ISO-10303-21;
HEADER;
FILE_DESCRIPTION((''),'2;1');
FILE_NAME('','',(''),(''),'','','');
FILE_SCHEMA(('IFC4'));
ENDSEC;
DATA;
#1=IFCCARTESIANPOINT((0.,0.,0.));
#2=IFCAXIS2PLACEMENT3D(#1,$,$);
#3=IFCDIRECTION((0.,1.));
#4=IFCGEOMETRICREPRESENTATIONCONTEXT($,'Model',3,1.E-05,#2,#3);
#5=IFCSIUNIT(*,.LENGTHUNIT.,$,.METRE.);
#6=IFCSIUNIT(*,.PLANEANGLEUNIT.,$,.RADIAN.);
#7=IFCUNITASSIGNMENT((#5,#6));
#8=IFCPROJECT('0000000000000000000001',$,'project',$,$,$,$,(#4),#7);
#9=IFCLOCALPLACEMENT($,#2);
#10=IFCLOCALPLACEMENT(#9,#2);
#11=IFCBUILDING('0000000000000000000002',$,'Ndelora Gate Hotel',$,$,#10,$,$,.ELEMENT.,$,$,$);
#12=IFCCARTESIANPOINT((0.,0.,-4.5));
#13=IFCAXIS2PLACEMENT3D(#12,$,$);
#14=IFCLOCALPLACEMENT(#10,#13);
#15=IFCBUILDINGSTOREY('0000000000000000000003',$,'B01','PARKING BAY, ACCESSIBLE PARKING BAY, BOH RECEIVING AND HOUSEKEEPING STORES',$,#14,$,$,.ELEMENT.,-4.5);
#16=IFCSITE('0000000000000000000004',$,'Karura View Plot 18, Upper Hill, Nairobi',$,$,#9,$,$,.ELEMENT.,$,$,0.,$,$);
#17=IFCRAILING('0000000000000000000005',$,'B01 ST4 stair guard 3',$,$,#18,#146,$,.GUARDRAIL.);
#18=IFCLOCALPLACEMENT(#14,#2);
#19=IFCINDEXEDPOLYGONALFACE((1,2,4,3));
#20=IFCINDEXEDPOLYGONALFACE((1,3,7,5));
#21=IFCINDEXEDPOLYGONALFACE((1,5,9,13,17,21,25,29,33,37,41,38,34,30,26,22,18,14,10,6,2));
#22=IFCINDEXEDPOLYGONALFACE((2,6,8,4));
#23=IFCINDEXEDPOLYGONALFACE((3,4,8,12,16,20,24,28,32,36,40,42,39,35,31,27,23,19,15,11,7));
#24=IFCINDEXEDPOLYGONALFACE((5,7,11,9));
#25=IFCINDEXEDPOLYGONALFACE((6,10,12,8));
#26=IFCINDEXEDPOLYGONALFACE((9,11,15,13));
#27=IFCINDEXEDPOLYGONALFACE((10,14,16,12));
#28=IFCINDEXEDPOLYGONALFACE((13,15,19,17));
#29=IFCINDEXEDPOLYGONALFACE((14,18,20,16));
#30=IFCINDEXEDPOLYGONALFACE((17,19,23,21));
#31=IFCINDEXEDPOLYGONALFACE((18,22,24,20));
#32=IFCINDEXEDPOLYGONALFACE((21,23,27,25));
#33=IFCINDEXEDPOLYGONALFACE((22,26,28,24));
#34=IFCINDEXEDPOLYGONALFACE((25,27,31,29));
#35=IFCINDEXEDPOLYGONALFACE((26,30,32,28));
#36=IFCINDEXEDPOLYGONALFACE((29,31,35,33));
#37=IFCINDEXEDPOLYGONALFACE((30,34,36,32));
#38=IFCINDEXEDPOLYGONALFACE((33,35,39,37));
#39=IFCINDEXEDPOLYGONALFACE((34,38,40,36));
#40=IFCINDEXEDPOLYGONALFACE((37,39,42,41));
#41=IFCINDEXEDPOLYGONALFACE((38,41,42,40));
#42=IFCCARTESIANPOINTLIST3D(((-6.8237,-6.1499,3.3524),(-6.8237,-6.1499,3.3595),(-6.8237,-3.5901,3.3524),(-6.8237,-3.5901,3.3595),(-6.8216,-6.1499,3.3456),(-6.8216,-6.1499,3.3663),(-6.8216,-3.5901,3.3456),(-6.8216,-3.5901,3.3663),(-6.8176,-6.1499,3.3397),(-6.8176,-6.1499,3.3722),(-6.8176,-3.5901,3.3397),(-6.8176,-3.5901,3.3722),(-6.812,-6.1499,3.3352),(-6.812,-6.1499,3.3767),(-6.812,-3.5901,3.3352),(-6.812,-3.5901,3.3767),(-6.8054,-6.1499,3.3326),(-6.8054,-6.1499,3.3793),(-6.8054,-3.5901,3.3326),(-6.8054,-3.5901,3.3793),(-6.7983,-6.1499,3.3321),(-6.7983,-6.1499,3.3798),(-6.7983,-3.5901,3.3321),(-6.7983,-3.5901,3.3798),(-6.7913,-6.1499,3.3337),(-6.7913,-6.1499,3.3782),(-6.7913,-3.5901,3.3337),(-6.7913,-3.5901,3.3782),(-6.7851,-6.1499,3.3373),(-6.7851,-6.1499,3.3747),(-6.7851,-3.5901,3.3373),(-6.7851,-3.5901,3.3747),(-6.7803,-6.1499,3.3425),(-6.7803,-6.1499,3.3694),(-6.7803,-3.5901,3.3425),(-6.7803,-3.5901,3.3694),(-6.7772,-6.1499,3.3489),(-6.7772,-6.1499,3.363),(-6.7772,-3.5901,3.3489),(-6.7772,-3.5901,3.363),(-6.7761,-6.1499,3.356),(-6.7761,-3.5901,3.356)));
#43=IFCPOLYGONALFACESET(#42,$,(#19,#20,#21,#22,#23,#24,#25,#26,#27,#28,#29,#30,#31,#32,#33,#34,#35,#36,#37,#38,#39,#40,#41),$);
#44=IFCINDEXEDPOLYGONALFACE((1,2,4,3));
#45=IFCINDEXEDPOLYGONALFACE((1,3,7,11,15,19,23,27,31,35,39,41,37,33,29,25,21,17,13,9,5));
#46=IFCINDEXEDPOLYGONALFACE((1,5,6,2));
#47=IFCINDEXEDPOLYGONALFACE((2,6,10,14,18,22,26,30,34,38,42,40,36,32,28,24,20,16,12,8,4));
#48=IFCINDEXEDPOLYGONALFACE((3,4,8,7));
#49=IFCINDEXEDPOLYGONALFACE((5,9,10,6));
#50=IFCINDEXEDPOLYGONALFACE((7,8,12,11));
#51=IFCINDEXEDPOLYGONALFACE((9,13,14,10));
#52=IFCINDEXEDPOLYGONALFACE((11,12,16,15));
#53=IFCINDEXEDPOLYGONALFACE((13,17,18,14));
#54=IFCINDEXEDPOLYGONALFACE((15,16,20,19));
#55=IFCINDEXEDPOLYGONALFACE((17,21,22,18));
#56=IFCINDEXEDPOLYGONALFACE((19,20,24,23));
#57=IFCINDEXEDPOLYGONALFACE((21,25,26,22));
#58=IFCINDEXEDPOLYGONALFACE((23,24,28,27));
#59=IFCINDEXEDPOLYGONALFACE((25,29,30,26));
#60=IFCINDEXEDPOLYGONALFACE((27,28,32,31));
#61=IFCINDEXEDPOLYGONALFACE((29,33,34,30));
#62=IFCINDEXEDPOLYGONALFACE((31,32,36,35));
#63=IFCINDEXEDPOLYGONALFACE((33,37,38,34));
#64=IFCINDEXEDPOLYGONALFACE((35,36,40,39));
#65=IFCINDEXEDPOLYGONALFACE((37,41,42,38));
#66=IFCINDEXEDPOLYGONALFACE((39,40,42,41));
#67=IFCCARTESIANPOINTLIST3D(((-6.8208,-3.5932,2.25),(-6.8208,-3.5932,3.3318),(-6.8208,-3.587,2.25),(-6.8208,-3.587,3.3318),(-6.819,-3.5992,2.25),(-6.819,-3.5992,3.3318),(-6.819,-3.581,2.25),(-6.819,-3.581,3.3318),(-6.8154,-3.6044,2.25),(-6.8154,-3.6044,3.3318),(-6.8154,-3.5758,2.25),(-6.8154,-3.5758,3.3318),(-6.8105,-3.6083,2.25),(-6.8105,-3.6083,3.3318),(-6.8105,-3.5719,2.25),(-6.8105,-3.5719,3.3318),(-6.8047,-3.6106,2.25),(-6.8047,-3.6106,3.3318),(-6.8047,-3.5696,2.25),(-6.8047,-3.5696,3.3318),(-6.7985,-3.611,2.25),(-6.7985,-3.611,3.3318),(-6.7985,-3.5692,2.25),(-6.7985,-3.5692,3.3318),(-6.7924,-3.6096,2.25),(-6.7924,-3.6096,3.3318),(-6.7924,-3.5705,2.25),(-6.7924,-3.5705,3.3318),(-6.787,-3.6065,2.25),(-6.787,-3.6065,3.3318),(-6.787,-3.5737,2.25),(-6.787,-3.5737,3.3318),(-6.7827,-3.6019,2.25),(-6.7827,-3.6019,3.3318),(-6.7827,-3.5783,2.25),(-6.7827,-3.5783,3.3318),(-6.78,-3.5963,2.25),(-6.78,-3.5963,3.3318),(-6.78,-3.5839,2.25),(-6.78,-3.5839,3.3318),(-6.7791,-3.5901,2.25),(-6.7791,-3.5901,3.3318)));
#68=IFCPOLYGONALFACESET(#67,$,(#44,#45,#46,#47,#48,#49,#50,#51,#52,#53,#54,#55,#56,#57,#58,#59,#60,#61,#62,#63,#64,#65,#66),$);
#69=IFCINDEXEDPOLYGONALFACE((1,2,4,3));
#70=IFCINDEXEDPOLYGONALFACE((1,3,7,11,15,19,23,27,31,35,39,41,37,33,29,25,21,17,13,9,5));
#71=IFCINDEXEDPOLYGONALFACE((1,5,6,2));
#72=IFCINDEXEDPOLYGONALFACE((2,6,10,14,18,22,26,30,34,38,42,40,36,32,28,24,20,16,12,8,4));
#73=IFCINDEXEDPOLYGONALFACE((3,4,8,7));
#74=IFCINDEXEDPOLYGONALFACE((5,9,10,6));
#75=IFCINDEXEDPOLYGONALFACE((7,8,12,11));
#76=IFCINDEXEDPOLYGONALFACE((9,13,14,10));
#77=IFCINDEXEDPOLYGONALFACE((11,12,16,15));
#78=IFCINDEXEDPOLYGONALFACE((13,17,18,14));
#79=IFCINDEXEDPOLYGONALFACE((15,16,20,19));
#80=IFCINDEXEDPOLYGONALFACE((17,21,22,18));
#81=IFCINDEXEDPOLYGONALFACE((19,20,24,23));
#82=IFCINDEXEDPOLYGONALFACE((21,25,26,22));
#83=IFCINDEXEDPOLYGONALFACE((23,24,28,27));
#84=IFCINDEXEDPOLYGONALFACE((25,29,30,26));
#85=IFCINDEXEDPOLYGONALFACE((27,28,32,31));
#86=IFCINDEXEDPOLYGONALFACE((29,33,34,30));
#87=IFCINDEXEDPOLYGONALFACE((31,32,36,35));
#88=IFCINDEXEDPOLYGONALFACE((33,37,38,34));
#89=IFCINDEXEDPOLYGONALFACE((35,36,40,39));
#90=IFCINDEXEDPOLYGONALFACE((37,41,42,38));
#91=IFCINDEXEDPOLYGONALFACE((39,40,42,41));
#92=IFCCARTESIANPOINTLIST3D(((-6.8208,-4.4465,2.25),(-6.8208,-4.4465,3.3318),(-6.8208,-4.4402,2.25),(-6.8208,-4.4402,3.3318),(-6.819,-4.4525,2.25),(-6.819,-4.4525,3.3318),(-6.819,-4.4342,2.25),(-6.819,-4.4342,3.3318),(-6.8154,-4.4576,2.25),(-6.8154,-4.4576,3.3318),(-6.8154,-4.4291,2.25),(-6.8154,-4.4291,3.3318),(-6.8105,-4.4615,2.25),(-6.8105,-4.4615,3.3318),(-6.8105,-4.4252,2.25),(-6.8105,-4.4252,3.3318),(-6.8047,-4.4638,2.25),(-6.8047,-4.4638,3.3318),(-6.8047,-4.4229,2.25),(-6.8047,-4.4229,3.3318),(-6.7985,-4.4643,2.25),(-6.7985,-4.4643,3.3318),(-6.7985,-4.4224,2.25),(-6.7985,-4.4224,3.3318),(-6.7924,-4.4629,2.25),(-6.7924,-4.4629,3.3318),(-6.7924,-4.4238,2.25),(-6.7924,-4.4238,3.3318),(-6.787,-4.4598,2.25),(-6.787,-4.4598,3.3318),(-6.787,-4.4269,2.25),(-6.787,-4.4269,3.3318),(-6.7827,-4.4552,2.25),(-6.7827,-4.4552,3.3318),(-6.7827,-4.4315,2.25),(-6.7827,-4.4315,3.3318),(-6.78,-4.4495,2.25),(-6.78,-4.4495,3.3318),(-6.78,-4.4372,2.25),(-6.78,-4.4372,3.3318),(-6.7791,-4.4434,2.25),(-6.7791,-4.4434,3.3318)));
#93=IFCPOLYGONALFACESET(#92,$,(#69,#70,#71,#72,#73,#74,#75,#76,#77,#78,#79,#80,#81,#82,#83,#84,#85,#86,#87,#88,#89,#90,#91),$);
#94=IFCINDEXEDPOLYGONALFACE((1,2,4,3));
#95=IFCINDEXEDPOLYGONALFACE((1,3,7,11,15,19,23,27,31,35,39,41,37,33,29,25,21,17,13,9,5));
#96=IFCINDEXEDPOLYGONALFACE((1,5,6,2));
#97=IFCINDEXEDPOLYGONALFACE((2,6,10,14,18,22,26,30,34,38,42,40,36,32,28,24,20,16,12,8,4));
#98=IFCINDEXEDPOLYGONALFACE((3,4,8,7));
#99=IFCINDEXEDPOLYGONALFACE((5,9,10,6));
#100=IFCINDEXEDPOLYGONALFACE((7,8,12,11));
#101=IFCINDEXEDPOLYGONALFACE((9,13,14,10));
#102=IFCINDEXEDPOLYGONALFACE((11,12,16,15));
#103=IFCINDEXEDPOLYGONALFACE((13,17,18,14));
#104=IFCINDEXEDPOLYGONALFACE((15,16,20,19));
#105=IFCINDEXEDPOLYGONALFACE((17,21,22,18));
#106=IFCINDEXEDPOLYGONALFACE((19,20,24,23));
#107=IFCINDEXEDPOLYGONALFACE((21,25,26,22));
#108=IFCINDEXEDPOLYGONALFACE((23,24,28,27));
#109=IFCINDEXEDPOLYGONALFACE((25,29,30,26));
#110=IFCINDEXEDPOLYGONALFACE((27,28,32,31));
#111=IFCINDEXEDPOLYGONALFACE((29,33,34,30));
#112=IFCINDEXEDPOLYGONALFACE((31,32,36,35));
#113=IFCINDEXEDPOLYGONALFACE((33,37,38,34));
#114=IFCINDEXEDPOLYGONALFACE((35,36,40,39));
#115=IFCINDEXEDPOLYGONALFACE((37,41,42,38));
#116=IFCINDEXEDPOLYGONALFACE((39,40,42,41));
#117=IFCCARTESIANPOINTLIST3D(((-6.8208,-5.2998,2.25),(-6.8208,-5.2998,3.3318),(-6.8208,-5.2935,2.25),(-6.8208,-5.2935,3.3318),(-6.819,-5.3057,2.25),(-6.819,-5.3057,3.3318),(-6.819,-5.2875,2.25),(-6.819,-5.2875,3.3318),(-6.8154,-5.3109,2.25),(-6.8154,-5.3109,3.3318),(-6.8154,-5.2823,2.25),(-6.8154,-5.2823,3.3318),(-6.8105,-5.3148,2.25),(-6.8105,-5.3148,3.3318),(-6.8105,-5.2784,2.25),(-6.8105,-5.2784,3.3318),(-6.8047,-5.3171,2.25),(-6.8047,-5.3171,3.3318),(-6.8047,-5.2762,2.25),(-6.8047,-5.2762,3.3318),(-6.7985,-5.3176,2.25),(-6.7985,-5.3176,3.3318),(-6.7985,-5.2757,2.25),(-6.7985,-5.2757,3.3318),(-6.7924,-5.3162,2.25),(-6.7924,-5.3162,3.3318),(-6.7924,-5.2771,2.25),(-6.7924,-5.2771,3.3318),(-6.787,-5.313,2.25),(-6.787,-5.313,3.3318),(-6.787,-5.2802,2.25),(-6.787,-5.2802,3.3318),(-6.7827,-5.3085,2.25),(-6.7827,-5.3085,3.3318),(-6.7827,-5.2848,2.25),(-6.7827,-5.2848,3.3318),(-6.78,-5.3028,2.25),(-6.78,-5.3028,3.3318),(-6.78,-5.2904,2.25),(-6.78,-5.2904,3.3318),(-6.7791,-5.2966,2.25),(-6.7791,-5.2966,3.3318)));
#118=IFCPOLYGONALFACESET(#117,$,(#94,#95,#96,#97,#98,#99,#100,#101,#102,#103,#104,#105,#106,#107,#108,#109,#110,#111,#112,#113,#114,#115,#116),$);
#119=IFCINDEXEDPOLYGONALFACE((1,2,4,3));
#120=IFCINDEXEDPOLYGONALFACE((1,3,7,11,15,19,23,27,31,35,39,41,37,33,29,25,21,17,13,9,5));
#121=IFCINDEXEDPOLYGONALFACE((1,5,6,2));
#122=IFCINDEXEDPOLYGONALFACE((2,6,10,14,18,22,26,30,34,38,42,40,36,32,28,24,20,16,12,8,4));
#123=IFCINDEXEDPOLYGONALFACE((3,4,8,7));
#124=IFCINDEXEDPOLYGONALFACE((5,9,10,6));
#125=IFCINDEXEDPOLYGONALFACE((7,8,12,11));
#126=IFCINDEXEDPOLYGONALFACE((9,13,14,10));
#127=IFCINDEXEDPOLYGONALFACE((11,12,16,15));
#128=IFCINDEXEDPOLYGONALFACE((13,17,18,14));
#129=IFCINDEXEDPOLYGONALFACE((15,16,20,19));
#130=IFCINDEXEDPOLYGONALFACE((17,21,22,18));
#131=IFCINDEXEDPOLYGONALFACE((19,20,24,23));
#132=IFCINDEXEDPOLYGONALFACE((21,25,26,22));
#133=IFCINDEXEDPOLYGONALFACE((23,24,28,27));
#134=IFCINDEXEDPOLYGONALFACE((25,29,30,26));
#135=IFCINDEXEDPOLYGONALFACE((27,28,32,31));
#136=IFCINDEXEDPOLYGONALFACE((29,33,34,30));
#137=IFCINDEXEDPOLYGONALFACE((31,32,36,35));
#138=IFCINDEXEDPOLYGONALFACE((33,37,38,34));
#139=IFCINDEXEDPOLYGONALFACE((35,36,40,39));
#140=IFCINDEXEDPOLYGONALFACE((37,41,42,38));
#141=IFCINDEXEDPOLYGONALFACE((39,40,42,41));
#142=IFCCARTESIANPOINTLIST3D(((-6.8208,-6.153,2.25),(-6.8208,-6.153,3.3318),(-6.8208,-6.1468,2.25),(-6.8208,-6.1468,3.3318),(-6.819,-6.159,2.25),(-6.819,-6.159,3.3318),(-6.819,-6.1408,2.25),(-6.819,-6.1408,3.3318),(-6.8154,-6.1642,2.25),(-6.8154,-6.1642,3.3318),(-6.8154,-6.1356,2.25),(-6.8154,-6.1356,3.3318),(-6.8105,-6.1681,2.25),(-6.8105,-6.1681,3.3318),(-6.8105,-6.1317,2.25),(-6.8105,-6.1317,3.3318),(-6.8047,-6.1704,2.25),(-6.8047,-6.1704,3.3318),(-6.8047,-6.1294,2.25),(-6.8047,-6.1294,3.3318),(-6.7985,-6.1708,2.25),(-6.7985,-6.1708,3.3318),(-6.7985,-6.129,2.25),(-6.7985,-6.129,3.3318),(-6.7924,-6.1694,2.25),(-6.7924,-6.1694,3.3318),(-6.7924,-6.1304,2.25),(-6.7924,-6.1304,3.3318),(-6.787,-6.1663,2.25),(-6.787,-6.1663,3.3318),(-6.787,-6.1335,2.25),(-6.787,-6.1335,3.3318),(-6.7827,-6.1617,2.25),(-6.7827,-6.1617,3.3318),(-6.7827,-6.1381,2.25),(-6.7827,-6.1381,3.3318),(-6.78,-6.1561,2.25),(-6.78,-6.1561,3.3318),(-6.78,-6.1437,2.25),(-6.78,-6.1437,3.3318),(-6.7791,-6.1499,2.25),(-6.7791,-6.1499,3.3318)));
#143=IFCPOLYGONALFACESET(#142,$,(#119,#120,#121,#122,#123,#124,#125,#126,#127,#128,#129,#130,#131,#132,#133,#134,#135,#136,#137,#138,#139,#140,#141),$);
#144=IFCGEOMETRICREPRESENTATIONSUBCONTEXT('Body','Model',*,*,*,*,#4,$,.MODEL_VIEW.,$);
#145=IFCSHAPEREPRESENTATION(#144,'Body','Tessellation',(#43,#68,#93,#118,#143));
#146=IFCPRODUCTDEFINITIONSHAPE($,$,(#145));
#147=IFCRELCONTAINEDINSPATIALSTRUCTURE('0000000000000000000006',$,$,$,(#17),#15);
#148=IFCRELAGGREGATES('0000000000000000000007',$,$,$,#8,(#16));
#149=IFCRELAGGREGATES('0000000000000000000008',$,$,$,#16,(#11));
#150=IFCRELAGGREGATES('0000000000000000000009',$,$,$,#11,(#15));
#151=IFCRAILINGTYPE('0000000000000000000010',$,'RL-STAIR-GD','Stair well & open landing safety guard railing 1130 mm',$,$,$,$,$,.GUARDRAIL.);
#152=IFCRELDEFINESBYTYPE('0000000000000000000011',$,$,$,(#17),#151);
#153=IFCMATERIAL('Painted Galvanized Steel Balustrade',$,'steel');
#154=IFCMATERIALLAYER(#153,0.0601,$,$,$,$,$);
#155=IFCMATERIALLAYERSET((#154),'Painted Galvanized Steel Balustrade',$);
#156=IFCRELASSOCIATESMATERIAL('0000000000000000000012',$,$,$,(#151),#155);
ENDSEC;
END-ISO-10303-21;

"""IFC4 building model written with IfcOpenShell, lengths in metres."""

from ifc_helpers import new_model, si_unit, direction, frame, origin, origin_2d, place, context, subcontext, project, spatial, circle, extrude, material, layer, layer_set, type_object, element, save


model = new_model("IFC4")

# Units and contexts
model_context = context("Model", 3, precision=1e-05, world=origin(), true_north=direction((0.0, 1.0)))
body_context = subcontext(model_context, "Body", "Model", "MODEL_VIEW")
ifc_project = project(units=[si_unit("LENGTHUNIT", "METRE"), si_unit("PLANEANGLEUNIT", "RADIAN")], contexts=[model_context])

# Site, building, storey
site_placement = place(None, origin())
site = spatial("IfcSite", under=ifc_project, at=site_placement, Name="Karura View Plot 18, Upper Hill, Nairobi", CompositionType="ELEMENT", RefElevation=0.0)
building_placement = place(site_placement, origin())
building = spatial("IfcBuilding", under=site, at=building_placement, Name="Ndelora Gate Hotel", CompositionType="ELEMENT")
storey_placement = place(building_placement, frame((0.0, 0.0, -4.5)))
storey = spatial("IfcBuildingStorey", under=building, at=storey_placement, Name="B01", Description="PARKING BAY, ACCESSIBLE PARKING BAY, BOH RECEIVING AND HOUSEKEEPING STORES", CompositionType="ELEMENT", Elevation=-4.5)

# Railing
ifc_material_1 = material(Name="Painted Galvanized Steel Balustrade", Category="steel")
ifc_layer_1 = layer(ifc_material_1, 0.0601)
ifc_layer_set_1 = layer_set([ifc_layer_1], Name="Painted Galvanized Steel Balustrade")
railing_type_1 = type_object("IfcRailingType", Name="RL-STAIR-GD", Description="Stair well & open landing safety guard railing 1130 mm", PredefinedType="GUARDRAIL", material=ifc_layer_set_1)
for number, where, name in (
    (1, (-6.8, -3.5901, 2.25), "B01 ST4 stair guard 3"),
):
    element("IfcRailing", number, at=place(storey_placement, frame(where)), inside=storey, type_object=railing_type_1, Name=name, PredefinedType="GUARDRAIL", context=body_context, shape_type="SweptSolid", body=[
        extrude(circle(Radius=0.0239, at=origin_2d()), frame((0.0, 0.0, 1.106), z_axis=(0.0, -1.0, 0.0), x_axis=(1.0, 0.0, 0.0)), (0.0, 0.0, 1.0), 2.5598),
        extrude(circle(Radius=0.021, at=origin_2d()), origin(), (0.0, 0.0, 1.0), 1.0818),
        extrude(circle(Radius=0.021, at=origin_2d()), frame((0.0, -0.8533, 0.0)), (0.0, 0.0, 1.0), 1.0818),
        extrude(circle(Radius=0.021, at=origin_2d()), frame((0.0, -1.7065, 0.0)), (0.0, 0.0, 1.0), 1.0818),
        extrude(circle(Radius=0.021, at=origin_2d()), frame((0.0, -2.5598, 0.0)), (0.0, 0.0, 1.0), 1.0818),
    ])

save(model, "model.ifc")
